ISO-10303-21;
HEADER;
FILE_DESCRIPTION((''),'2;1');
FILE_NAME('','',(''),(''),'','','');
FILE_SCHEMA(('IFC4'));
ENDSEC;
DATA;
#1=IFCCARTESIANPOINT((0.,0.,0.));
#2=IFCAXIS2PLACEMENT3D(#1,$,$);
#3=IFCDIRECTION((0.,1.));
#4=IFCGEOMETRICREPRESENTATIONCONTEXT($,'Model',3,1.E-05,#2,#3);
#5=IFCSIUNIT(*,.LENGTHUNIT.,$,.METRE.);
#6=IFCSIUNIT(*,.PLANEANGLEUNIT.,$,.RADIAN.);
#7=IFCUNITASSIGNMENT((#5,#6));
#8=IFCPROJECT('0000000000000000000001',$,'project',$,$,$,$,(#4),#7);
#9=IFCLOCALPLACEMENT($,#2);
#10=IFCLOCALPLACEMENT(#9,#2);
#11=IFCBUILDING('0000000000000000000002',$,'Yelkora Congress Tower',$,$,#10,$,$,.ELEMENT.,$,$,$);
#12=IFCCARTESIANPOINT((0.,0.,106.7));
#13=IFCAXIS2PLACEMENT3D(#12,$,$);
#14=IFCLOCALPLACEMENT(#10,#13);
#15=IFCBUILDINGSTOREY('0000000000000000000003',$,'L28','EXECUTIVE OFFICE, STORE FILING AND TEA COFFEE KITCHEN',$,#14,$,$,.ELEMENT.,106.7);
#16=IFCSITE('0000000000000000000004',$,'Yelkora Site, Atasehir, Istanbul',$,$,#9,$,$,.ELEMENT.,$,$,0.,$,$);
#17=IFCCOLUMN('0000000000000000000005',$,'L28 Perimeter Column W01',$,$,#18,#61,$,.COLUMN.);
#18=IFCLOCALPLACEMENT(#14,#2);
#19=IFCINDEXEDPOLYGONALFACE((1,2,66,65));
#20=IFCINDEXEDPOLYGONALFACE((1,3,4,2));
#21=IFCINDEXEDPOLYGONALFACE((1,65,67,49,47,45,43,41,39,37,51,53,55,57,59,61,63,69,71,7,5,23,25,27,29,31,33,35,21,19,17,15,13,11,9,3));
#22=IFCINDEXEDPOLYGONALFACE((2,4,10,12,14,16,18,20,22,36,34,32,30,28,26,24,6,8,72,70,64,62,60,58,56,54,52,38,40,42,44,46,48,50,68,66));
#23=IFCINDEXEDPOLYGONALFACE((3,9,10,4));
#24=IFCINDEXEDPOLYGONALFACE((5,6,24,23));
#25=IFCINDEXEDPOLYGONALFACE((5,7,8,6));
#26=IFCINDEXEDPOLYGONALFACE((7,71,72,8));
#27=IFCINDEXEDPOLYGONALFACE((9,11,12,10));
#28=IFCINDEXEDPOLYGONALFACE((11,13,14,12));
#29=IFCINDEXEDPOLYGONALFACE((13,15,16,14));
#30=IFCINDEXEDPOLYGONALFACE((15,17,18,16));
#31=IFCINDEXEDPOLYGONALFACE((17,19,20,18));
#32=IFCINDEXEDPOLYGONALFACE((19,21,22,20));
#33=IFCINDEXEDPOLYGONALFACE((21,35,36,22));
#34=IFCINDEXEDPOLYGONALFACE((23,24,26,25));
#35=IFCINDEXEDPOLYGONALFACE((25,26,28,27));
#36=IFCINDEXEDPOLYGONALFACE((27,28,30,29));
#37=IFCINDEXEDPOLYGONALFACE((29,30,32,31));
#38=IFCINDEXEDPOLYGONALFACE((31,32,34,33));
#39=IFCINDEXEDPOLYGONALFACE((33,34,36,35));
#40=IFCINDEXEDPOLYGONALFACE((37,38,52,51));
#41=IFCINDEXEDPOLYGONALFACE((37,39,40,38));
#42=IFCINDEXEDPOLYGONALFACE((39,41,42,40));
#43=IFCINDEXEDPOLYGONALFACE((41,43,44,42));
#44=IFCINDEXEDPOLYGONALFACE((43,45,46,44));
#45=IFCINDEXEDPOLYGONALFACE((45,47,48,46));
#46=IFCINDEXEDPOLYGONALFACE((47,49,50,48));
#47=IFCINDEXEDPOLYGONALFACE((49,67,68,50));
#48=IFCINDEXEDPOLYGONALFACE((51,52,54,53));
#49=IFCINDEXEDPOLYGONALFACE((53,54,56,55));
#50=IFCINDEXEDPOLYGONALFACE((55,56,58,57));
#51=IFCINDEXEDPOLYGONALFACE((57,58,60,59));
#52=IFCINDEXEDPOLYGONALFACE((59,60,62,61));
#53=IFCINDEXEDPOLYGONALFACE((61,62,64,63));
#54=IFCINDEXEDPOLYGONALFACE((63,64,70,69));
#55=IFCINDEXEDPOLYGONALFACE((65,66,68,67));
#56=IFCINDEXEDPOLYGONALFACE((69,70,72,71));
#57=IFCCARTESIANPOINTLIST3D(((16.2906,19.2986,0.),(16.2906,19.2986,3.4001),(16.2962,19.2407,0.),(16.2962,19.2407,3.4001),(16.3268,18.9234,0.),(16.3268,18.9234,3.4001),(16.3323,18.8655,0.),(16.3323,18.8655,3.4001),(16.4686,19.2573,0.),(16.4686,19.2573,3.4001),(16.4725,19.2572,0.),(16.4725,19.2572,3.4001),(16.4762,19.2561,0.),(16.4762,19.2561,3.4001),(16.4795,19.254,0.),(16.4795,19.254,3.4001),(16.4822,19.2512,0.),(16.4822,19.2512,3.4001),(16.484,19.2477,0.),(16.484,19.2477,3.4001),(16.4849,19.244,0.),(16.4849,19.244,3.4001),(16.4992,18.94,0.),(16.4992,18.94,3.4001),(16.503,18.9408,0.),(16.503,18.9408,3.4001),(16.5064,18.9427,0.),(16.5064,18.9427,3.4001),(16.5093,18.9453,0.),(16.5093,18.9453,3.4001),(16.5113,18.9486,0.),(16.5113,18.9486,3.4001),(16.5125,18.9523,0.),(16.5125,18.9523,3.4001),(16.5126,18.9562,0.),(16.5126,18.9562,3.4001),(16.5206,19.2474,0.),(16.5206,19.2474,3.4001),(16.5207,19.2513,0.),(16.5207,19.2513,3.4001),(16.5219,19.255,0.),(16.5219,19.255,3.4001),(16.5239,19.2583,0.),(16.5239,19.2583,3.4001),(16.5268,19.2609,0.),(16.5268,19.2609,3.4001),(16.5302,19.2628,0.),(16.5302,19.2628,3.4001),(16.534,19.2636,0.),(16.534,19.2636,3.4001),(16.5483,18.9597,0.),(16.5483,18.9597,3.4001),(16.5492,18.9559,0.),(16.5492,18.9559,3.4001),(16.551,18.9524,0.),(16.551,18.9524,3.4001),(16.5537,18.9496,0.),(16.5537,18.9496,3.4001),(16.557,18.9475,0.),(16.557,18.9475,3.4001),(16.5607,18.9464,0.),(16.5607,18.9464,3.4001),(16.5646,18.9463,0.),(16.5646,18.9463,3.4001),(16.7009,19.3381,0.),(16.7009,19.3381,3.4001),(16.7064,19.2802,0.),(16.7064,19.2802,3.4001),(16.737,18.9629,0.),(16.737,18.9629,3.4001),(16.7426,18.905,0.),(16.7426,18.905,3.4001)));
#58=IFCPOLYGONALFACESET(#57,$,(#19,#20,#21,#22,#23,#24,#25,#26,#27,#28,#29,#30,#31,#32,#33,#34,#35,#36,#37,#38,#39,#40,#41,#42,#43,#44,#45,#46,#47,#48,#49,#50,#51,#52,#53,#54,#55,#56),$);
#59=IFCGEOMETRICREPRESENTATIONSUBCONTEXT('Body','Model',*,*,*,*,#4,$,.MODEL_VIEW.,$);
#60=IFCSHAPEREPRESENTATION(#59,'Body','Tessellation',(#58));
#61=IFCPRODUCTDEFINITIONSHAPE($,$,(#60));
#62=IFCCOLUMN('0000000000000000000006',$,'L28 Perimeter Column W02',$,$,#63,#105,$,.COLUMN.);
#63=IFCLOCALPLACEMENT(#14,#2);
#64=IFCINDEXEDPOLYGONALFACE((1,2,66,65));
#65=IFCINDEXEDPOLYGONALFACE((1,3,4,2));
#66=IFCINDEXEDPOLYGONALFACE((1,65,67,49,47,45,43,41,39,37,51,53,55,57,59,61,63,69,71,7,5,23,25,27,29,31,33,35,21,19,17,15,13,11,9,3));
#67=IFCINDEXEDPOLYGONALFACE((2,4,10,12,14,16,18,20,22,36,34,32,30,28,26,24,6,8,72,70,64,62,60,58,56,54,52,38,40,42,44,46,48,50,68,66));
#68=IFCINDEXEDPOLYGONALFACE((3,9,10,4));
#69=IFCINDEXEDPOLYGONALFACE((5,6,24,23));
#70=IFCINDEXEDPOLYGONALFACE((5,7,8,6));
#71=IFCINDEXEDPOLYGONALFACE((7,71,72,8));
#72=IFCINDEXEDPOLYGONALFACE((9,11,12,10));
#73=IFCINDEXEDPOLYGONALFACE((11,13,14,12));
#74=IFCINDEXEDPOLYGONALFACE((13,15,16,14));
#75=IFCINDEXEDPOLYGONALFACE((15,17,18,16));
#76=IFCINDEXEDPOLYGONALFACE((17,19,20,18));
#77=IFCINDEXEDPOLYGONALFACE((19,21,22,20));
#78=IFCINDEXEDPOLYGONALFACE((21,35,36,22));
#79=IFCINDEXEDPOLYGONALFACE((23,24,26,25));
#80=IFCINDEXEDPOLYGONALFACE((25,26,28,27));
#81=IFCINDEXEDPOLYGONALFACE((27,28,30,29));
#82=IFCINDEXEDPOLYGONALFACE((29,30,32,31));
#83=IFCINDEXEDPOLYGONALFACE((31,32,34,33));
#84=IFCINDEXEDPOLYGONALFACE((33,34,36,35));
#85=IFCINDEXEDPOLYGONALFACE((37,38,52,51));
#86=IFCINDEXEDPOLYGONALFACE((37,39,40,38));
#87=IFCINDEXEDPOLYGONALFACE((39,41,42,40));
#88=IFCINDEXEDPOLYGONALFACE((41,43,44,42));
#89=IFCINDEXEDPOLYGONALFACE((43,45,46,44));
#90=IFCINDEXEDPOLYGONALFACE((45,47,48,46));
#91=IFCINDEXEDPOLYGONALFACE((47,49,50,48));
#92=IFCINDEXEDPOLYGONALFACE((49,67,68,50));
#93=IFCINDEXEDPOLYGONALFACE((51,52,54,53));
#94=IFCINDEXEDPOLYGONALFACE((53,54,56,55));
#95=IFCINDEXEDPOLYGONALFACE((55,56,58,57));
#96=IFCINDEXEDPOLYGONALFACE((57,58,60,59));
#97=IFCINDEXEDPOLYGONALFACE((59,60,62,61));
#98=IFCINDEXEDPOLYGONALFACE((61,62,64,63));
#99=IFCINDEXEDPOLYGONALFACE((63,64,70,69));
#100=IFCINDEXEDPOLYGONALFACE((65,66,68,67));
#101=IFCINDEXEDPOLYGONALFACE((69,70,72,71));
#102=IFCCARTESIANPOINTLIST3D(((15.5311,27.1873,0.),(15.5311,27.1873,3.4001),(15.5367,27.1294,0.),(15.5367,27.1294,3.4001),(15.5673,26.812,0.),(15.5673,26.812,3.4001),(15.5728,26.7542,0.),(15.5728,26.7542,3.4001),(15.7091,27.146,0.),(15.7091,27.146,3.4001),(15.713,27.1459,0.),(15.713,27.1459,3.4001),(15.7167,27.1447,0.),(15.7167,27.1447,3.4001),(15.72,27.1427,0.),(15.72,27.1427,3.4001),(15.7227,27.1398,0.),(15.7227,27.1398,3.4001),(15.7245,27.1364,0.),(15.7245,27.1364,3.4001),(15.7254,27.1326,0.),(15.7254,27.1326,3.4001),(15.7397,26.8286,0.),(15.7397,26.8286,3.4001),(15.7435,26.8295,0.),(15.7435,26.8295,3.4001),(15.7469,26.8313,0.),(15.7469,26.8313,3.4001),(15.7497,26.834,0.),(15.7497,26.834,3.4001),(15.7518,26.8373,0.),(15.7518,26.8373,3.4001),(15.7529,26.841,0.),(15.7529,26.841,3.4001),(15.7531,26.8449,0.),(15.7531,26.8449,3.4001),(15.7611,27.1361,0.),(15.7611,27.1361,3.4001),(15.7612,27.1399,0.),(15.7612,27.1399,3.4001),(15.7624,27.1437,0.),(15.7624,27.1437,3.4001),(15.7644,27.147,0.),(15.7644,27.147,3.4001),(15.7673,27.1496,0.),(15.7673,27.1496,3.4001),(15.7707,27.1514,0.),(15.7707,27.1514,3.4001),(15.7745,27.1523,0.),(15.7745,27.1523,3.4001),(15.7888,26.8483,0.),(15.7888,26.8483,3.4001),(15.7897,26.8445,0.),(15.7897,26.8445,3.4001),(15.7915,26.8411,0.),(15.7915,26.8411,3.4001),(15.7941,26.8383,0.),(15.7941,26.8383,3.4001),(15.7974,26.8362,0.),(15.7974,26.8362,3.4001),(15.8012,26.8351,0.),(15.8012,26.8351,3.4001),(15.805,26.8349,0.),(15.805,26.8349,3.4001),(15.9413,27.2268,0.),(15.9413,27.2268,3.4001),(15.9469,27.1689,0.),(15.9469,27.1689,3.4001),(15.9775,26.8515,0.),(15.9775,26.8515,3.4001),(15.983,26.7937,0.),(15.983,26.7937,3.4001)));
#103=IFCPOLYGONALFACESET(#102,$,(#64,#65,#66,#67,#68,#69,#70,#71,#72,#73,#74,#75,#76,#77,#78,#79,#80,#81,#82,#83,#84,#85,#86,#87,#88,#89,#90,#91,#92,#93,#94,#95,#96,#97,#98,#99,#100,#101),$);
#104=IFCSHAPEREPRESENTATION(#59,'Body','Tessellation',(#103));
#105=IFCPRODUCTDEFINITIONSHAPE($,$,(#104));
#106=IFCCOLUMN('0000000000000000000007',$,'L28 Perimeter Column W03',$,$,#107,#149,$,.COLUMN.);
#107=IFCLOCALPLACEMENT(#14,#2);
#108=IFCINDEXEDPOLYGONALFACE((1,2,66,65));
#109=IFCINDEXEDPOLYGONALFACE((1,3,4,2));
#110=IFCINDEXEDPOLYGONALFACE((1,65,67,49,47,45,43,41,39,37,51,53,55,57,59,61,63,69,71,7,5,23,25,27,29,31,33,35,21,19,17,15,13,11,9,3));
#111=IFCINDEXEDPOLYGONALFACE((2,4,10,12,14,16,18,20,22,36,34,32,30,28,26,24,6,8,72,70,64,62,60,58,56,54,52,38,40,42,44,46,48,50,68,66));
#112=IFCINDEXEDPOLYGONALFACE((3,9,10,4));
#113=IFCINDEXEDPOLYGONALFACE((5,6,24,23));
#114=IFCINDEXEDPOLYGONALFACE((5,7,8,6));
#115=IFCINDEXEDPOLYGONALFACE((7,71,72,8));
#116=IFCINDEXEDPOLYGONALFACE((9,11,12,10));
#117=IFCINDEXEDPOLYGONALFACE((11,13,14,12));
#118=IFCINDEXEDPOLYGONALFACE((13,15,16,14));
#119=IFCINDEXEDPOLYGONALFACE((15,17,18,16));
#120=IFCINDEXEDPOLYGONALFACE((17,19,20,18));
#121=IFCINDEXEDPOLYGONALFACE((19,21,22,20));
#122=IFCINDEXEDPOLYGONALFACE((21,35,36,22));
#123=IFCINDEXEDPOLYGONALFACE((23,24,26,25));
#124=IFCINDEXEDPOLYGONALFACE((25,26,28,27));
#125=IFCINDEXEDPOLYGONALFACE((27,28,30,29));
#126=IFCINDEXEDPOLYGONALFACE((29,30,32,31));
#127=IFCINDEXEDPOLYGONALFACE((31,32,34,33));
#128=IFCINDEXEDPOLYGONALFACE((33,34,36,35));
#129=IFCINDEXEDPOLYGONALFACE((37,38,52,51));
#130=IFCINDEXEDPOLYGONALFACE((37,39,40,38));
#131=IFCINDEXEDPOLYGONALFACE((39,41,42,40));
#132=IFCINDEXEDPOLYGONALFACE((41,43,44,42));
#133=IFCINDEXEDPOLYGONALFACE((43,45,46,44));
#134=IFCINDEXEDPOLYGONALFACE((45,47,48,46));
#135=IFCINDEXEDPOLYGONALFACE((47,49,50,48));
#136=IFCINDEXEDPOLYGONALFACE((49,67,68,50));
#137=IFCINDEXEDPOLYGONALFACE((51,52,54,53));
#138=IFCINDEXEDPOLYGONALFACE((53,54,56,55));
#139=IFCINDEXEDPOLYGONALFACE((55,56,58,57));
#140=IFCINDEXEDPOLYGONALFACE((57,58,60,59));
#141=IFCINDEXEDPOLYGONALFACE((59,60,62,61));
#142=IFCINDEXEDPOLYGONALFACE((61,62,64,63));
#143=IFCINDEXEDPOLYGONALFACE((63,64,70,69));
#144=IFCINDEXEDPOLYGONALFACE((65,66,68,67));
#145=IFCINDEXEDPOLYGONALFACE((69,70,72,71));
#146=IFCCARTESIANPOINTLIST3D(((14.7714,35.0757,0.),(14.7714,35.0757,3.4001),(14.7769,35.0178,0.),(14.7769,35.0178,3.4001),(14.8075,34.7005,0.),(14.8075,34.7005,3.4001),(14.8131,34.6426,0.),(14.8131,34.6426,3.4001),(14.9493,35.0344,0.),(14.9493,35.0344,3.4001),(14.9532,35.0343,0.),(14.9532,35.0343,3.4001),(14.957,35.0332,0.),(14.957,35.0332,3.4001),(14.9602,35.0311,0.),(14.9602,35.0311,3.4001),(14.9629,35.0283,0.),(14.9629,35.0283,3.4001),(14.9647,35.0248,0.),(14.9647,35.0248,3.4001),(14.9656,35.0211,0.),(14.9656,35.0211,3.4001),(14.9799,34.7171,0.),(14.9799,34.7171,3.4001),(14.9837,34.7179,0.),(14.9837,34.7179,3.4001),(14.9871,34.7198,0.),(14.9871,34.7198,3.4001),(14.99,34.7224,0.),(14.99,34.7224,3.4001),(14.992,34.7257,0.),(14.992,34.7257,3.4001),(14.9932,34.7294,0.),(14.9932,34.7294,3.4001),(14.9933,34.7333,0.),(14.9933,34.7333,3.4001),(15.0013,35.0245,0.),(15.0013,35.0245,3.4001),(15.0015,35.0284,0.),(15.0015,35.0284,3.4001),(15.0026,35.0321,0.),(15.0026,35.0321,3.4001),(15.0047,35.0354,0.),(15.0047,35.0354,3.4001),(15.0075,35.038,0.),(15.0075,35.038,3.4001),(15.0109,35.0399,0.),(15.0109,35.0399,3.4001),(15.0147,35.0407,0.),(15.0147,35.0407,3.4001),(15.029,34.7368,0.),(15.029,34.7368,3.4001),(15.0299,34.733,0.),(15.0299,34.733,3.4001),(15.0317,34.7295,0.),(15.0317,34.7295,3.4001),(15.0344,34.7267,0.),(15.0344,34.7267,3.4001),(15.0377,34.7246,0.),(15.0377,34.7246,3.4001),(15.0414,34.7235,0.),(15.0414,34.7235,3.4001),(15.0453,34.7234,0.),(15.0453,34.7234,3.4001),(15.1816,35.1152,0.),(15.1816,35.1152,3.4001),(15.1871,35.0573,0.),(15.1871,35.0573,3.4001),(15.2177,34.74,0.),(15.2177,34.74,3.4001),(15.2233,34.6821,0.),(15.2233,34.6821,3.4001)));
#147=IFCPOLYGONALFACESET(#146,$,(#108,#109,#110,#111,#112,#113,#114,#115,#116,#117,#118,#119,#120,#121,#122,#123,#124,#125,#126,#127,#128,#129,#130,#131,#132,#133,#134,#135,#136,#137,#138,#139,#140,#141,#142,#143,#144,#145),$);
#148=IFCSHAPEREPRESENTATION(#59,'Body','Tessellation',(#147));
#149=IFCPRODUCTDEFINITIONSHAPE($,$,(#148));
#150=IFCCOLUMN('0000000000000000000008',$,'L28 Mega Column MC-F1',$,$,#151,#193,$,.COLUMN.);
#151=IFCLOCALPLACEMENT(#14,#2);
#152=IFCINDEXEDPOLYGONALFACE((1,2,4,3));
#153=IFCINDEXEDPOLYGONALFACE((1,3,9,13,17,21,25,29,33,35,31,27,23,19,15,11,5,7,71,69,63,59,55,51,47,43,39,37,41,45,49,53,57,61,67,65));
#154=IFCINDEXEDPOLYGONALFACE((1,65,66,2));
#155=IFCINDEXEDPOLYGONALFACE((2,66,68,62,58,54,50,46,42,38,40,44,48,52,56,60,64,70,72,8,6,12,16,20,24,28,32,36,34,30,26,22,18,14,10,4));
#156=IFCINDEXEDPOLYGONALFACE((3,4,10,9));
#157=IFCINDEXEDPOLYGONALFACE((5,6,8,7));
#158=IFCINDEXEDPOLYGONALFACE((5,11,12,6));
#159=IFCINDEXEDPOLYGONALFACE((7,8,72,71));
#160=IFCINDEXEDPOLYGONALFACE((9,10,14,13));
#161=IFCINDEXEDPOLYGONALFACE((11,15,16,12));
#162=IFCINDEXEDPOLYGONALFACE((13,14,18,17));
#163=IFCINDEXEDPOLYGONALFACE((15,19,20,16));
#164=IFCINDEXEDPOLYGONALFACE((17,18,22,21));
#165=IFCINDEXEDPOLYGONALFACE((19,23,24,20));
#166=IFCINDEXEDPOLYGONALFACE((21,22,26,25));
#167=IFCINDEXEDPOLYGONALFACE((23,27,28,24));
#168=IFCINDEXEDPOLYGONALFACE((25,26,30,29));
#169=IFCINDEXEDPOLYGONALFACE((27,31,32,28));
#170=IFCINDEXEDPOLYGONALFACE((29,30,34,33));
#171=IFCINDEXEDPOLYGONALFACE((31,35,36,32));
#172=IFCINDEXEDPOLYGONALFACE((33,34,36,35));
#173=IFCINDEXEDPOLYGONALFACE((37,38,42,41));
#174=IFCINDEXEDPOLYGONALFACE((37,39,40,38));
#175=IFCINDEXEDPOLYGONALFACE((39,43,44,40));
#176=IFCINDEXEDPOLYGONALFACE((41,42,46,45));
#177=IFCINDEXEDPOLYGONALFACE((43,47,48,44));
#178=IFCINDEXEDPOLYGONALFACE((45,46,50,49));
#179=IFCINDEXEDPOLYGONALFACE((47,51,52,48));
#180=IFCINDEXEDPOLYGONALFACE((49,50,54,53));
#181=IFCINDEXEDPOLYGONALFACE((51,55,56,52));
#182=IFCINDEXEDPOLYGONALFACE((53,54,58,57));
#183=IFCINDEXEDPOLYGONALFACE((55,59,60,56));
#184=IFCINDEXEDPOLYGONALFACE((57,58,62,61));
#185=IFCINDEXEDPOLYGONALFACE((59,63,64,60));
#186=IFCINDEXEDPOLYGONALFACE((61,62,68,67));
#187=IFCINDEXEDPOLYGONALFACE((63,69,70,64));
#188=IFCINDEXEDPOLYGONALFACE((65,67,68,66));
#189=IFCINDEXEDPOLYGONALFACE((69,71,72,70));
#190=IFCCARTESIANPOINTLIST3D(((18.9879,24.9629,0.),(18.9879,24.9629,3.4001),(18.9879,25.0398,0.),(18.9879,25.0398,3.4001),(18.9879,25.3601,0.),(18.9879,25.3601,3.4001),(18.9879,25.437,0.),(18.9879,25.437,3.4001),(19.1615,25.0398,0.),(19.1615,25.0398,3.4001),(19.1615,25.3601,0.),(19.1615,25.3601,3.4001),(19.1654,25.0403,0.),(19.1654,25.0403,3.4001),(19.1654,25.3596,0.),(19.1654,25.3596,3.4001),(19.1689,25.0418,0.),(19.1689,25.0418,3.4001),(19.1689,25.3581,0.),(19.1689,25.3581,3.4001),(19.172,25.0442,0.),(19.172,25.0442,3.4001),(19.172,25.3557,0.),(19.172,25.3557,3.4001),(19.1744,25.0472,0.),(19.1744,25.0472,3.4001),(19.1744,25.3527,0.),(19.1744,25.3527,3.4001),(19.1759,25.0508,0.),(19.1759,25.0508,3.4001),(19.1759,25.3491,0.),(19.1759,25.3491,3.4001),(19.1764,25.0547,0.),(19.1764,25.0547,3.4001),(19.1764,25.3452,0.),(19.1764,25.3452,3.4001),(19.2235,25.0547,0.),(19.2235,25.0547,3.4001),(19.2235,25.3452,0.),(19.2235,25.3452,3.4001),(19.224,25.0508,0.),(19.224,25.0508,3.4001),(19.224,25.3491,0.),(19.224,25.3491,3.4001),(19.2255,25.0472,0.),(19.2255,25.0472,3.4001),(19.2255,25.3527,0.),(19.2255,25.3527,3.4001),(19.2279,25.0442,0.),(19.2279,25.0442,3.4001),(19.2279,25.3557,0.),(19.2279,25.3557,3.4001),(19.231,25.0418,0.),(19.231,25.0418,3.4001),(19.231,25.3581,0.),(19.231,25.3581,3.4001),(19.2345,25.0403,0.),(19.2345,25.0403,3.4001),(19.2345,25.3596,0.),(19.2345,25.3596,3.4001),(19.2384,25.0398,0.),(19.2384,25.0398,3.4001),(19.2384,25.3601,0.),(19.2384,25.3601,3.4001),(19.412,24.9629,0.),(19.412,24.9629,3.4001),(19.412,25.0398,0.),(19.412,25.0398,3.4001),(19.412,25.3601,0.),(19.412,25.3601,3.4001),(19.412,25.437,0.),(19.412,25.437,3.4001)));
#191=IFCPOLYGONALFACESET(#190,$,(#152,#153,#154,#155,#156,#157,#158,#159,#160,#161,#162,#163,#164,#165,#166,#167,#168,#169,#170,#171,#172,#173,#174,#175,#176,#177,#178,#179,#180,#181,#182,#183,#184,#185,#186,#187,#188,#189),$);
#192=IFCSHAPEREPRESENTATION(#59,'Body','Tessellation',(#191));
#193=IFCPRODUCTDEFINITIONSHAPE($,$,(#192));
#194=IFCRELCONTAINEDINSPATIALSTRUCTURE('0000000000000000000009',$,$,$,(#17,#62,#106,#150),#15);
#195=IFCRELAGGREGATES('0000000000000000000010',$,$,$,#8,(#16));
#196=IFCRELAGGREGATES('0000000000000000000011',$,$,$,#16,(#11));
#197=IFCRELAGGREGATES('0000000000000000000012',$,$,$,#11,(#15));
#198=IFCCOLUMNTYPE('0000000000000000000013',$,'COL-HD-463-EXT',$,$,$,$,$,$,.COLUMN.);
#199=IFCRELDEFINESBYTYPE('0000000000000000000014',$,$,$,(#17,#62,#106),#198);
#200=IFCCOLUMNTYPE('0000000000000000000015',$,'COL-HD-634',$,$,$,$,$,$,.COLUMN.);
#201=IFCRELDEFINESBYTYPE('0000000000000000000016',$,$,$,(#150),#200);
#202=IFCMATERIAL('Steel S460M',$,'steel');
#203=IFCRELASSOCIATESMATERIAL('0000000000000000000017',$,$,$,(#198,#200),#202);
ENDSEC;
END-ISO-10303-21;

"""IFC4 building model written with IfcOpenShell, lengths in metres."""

from ifc_helpers import new_model, si_unit, direction, frame, origin, origin_2d, place, context, subcontext, project, spatial, i_section, extrude, material, material_profile, profile_set, type_object, element, save


model = new_model("IFC4")

# Units and contexts
model_context = context("Model", 3, precision=1e-05, world=origin(), true_north=direction((0.0, 1.0)))
body_context = subcontext(model_context, "Body", "Model", "MODEL_VIEW")
ifc_project = project(units=[si_unit("LENGTHUNIT", "METRE"), si_unit("PLANEANGLEUNIT", "RADIAN")], contexts=[model_context])

# Site, building, storey
site_placement = place(None, origin())
site = spatial("IfcSite", under=ifc_project, at=site_placement, Name="Yelkora Site, Atasehir, Istanbul", CompositionType="ELEMENT", RefElevation=0.0)
building_placement = place(site_placement, origin())
building = spatial("IfcBuilding", under=site, at=building_placement, Name="Yelkora Congress Tower", CompositionType="ELEMENT")
storey_placement = place(building_placement, frame((0.0, 0.0, 106.7)))
storey = spatial("IfcBuildingStorey", under=building, at=storey_placement, Name="L28", Description="EXECUTIVE OFFICE, STORE FILING AND TEA COFFEE KITCHEN", CompositionType="ELEMENT", Elevation=106.7)

# Columns
ifc_material_1 = material(Name="Steel S460M", Category="steel")
ifc_material_profile_1 = material_profile(ifc_material_1, i_section(OverallWidth=0.4121, OverallDepth=0.4351, WebThickness=0.0359, FlangeThickness=0.0581, FilletRadius=0.0149, at=origin_2d()), Name="HD 400x463")
ifc_profile_set_1 = profile_set([ifc_material_profile_1], Name="Steel S460M")
column_type_1 = type_object("IfcColumnType", Name="COL-HD-463-EXT", PredefinedType="COLUMN", material=ifc_profile_set_1)
for number, where, z_axis, x_axis, name in (
    (1, (16.5166, 19.1018, 0.0), (0.0, 0.0, 1.0), (0.995396, 0.095846, 0.0), "L28 Perimeter Column W01"),
    (2, (15.7571, 26.9905, 0.0), (0.0, 0.0, 1.0), (0.995396, 0.095846, 0.0), "L28 Perimeter Column W02"),
    (3, (14.9973, 34.8789, 0.0), (0.0, 0.0, 1.0), (0.995396, 0.095846, 0.0), "L28 Perimeter Column W03"),
):
    element("IfcColumn", number, at=place(storey_placement, frame(where, z_axis=z_axis, x_axis=x_axis)), inside=storey, type_object=column_type_1, Name=name, PredefinedType="COLUMN", context=body_context, shape_type="SweptSolid", body=[
        extrude(i_section(OverallWidth=0.4121, OverallDepth=0.4351, WebThickness=0.0359, FlangeThickness=0.0581, FilletRadius=0.0149, at=origin_2d()), origin(), (0.0, 0.0, 1.0), 3.4001),
    ])
ifc_material_profile_2 = material_profile(ifc_material_1, i_section(OverallWidth=0.4241, OverallDepth=0.4741, WebThickness=0.0471, FlangeThickness=0.0769, FilletRadius=0.0149, at=origin_2d()), Name="HD 400x634")
ifc_profile_set_2 = profile_set([ifc_material_profile_2], Name="Steel S460M")
column_type_2 = type_object("IfcColumnType", Name="COL-HD-634", PredefinedType="COLUMN", material=ifc_profile_set_2)
column_placement = place(storey_placement, frame((19.2, 25.2, 0.0), z_axis=(0.0, 0.0, 1.0), x_axis=(1.0, 0.0, 0.0)))
element("IfcColumn", 4, at=column_placement, inside=storey, type_object=column_type_2, Name="L28 Mega Column MC-F1", PredefinedType="COLUMN", context=body_context, shape_type="SweptSolid", body=[
    extrude(i_section(OverallWidth=0.4241, OverallDepth=0.4741, WebThickness=0.0471, FlangeThickness=0.0769, FilletRadius=0.0149, at=origin_2d()), origin(), (0.0, 0.0, 1.0), 3.4001),
])

save(model, "model.ifc")
